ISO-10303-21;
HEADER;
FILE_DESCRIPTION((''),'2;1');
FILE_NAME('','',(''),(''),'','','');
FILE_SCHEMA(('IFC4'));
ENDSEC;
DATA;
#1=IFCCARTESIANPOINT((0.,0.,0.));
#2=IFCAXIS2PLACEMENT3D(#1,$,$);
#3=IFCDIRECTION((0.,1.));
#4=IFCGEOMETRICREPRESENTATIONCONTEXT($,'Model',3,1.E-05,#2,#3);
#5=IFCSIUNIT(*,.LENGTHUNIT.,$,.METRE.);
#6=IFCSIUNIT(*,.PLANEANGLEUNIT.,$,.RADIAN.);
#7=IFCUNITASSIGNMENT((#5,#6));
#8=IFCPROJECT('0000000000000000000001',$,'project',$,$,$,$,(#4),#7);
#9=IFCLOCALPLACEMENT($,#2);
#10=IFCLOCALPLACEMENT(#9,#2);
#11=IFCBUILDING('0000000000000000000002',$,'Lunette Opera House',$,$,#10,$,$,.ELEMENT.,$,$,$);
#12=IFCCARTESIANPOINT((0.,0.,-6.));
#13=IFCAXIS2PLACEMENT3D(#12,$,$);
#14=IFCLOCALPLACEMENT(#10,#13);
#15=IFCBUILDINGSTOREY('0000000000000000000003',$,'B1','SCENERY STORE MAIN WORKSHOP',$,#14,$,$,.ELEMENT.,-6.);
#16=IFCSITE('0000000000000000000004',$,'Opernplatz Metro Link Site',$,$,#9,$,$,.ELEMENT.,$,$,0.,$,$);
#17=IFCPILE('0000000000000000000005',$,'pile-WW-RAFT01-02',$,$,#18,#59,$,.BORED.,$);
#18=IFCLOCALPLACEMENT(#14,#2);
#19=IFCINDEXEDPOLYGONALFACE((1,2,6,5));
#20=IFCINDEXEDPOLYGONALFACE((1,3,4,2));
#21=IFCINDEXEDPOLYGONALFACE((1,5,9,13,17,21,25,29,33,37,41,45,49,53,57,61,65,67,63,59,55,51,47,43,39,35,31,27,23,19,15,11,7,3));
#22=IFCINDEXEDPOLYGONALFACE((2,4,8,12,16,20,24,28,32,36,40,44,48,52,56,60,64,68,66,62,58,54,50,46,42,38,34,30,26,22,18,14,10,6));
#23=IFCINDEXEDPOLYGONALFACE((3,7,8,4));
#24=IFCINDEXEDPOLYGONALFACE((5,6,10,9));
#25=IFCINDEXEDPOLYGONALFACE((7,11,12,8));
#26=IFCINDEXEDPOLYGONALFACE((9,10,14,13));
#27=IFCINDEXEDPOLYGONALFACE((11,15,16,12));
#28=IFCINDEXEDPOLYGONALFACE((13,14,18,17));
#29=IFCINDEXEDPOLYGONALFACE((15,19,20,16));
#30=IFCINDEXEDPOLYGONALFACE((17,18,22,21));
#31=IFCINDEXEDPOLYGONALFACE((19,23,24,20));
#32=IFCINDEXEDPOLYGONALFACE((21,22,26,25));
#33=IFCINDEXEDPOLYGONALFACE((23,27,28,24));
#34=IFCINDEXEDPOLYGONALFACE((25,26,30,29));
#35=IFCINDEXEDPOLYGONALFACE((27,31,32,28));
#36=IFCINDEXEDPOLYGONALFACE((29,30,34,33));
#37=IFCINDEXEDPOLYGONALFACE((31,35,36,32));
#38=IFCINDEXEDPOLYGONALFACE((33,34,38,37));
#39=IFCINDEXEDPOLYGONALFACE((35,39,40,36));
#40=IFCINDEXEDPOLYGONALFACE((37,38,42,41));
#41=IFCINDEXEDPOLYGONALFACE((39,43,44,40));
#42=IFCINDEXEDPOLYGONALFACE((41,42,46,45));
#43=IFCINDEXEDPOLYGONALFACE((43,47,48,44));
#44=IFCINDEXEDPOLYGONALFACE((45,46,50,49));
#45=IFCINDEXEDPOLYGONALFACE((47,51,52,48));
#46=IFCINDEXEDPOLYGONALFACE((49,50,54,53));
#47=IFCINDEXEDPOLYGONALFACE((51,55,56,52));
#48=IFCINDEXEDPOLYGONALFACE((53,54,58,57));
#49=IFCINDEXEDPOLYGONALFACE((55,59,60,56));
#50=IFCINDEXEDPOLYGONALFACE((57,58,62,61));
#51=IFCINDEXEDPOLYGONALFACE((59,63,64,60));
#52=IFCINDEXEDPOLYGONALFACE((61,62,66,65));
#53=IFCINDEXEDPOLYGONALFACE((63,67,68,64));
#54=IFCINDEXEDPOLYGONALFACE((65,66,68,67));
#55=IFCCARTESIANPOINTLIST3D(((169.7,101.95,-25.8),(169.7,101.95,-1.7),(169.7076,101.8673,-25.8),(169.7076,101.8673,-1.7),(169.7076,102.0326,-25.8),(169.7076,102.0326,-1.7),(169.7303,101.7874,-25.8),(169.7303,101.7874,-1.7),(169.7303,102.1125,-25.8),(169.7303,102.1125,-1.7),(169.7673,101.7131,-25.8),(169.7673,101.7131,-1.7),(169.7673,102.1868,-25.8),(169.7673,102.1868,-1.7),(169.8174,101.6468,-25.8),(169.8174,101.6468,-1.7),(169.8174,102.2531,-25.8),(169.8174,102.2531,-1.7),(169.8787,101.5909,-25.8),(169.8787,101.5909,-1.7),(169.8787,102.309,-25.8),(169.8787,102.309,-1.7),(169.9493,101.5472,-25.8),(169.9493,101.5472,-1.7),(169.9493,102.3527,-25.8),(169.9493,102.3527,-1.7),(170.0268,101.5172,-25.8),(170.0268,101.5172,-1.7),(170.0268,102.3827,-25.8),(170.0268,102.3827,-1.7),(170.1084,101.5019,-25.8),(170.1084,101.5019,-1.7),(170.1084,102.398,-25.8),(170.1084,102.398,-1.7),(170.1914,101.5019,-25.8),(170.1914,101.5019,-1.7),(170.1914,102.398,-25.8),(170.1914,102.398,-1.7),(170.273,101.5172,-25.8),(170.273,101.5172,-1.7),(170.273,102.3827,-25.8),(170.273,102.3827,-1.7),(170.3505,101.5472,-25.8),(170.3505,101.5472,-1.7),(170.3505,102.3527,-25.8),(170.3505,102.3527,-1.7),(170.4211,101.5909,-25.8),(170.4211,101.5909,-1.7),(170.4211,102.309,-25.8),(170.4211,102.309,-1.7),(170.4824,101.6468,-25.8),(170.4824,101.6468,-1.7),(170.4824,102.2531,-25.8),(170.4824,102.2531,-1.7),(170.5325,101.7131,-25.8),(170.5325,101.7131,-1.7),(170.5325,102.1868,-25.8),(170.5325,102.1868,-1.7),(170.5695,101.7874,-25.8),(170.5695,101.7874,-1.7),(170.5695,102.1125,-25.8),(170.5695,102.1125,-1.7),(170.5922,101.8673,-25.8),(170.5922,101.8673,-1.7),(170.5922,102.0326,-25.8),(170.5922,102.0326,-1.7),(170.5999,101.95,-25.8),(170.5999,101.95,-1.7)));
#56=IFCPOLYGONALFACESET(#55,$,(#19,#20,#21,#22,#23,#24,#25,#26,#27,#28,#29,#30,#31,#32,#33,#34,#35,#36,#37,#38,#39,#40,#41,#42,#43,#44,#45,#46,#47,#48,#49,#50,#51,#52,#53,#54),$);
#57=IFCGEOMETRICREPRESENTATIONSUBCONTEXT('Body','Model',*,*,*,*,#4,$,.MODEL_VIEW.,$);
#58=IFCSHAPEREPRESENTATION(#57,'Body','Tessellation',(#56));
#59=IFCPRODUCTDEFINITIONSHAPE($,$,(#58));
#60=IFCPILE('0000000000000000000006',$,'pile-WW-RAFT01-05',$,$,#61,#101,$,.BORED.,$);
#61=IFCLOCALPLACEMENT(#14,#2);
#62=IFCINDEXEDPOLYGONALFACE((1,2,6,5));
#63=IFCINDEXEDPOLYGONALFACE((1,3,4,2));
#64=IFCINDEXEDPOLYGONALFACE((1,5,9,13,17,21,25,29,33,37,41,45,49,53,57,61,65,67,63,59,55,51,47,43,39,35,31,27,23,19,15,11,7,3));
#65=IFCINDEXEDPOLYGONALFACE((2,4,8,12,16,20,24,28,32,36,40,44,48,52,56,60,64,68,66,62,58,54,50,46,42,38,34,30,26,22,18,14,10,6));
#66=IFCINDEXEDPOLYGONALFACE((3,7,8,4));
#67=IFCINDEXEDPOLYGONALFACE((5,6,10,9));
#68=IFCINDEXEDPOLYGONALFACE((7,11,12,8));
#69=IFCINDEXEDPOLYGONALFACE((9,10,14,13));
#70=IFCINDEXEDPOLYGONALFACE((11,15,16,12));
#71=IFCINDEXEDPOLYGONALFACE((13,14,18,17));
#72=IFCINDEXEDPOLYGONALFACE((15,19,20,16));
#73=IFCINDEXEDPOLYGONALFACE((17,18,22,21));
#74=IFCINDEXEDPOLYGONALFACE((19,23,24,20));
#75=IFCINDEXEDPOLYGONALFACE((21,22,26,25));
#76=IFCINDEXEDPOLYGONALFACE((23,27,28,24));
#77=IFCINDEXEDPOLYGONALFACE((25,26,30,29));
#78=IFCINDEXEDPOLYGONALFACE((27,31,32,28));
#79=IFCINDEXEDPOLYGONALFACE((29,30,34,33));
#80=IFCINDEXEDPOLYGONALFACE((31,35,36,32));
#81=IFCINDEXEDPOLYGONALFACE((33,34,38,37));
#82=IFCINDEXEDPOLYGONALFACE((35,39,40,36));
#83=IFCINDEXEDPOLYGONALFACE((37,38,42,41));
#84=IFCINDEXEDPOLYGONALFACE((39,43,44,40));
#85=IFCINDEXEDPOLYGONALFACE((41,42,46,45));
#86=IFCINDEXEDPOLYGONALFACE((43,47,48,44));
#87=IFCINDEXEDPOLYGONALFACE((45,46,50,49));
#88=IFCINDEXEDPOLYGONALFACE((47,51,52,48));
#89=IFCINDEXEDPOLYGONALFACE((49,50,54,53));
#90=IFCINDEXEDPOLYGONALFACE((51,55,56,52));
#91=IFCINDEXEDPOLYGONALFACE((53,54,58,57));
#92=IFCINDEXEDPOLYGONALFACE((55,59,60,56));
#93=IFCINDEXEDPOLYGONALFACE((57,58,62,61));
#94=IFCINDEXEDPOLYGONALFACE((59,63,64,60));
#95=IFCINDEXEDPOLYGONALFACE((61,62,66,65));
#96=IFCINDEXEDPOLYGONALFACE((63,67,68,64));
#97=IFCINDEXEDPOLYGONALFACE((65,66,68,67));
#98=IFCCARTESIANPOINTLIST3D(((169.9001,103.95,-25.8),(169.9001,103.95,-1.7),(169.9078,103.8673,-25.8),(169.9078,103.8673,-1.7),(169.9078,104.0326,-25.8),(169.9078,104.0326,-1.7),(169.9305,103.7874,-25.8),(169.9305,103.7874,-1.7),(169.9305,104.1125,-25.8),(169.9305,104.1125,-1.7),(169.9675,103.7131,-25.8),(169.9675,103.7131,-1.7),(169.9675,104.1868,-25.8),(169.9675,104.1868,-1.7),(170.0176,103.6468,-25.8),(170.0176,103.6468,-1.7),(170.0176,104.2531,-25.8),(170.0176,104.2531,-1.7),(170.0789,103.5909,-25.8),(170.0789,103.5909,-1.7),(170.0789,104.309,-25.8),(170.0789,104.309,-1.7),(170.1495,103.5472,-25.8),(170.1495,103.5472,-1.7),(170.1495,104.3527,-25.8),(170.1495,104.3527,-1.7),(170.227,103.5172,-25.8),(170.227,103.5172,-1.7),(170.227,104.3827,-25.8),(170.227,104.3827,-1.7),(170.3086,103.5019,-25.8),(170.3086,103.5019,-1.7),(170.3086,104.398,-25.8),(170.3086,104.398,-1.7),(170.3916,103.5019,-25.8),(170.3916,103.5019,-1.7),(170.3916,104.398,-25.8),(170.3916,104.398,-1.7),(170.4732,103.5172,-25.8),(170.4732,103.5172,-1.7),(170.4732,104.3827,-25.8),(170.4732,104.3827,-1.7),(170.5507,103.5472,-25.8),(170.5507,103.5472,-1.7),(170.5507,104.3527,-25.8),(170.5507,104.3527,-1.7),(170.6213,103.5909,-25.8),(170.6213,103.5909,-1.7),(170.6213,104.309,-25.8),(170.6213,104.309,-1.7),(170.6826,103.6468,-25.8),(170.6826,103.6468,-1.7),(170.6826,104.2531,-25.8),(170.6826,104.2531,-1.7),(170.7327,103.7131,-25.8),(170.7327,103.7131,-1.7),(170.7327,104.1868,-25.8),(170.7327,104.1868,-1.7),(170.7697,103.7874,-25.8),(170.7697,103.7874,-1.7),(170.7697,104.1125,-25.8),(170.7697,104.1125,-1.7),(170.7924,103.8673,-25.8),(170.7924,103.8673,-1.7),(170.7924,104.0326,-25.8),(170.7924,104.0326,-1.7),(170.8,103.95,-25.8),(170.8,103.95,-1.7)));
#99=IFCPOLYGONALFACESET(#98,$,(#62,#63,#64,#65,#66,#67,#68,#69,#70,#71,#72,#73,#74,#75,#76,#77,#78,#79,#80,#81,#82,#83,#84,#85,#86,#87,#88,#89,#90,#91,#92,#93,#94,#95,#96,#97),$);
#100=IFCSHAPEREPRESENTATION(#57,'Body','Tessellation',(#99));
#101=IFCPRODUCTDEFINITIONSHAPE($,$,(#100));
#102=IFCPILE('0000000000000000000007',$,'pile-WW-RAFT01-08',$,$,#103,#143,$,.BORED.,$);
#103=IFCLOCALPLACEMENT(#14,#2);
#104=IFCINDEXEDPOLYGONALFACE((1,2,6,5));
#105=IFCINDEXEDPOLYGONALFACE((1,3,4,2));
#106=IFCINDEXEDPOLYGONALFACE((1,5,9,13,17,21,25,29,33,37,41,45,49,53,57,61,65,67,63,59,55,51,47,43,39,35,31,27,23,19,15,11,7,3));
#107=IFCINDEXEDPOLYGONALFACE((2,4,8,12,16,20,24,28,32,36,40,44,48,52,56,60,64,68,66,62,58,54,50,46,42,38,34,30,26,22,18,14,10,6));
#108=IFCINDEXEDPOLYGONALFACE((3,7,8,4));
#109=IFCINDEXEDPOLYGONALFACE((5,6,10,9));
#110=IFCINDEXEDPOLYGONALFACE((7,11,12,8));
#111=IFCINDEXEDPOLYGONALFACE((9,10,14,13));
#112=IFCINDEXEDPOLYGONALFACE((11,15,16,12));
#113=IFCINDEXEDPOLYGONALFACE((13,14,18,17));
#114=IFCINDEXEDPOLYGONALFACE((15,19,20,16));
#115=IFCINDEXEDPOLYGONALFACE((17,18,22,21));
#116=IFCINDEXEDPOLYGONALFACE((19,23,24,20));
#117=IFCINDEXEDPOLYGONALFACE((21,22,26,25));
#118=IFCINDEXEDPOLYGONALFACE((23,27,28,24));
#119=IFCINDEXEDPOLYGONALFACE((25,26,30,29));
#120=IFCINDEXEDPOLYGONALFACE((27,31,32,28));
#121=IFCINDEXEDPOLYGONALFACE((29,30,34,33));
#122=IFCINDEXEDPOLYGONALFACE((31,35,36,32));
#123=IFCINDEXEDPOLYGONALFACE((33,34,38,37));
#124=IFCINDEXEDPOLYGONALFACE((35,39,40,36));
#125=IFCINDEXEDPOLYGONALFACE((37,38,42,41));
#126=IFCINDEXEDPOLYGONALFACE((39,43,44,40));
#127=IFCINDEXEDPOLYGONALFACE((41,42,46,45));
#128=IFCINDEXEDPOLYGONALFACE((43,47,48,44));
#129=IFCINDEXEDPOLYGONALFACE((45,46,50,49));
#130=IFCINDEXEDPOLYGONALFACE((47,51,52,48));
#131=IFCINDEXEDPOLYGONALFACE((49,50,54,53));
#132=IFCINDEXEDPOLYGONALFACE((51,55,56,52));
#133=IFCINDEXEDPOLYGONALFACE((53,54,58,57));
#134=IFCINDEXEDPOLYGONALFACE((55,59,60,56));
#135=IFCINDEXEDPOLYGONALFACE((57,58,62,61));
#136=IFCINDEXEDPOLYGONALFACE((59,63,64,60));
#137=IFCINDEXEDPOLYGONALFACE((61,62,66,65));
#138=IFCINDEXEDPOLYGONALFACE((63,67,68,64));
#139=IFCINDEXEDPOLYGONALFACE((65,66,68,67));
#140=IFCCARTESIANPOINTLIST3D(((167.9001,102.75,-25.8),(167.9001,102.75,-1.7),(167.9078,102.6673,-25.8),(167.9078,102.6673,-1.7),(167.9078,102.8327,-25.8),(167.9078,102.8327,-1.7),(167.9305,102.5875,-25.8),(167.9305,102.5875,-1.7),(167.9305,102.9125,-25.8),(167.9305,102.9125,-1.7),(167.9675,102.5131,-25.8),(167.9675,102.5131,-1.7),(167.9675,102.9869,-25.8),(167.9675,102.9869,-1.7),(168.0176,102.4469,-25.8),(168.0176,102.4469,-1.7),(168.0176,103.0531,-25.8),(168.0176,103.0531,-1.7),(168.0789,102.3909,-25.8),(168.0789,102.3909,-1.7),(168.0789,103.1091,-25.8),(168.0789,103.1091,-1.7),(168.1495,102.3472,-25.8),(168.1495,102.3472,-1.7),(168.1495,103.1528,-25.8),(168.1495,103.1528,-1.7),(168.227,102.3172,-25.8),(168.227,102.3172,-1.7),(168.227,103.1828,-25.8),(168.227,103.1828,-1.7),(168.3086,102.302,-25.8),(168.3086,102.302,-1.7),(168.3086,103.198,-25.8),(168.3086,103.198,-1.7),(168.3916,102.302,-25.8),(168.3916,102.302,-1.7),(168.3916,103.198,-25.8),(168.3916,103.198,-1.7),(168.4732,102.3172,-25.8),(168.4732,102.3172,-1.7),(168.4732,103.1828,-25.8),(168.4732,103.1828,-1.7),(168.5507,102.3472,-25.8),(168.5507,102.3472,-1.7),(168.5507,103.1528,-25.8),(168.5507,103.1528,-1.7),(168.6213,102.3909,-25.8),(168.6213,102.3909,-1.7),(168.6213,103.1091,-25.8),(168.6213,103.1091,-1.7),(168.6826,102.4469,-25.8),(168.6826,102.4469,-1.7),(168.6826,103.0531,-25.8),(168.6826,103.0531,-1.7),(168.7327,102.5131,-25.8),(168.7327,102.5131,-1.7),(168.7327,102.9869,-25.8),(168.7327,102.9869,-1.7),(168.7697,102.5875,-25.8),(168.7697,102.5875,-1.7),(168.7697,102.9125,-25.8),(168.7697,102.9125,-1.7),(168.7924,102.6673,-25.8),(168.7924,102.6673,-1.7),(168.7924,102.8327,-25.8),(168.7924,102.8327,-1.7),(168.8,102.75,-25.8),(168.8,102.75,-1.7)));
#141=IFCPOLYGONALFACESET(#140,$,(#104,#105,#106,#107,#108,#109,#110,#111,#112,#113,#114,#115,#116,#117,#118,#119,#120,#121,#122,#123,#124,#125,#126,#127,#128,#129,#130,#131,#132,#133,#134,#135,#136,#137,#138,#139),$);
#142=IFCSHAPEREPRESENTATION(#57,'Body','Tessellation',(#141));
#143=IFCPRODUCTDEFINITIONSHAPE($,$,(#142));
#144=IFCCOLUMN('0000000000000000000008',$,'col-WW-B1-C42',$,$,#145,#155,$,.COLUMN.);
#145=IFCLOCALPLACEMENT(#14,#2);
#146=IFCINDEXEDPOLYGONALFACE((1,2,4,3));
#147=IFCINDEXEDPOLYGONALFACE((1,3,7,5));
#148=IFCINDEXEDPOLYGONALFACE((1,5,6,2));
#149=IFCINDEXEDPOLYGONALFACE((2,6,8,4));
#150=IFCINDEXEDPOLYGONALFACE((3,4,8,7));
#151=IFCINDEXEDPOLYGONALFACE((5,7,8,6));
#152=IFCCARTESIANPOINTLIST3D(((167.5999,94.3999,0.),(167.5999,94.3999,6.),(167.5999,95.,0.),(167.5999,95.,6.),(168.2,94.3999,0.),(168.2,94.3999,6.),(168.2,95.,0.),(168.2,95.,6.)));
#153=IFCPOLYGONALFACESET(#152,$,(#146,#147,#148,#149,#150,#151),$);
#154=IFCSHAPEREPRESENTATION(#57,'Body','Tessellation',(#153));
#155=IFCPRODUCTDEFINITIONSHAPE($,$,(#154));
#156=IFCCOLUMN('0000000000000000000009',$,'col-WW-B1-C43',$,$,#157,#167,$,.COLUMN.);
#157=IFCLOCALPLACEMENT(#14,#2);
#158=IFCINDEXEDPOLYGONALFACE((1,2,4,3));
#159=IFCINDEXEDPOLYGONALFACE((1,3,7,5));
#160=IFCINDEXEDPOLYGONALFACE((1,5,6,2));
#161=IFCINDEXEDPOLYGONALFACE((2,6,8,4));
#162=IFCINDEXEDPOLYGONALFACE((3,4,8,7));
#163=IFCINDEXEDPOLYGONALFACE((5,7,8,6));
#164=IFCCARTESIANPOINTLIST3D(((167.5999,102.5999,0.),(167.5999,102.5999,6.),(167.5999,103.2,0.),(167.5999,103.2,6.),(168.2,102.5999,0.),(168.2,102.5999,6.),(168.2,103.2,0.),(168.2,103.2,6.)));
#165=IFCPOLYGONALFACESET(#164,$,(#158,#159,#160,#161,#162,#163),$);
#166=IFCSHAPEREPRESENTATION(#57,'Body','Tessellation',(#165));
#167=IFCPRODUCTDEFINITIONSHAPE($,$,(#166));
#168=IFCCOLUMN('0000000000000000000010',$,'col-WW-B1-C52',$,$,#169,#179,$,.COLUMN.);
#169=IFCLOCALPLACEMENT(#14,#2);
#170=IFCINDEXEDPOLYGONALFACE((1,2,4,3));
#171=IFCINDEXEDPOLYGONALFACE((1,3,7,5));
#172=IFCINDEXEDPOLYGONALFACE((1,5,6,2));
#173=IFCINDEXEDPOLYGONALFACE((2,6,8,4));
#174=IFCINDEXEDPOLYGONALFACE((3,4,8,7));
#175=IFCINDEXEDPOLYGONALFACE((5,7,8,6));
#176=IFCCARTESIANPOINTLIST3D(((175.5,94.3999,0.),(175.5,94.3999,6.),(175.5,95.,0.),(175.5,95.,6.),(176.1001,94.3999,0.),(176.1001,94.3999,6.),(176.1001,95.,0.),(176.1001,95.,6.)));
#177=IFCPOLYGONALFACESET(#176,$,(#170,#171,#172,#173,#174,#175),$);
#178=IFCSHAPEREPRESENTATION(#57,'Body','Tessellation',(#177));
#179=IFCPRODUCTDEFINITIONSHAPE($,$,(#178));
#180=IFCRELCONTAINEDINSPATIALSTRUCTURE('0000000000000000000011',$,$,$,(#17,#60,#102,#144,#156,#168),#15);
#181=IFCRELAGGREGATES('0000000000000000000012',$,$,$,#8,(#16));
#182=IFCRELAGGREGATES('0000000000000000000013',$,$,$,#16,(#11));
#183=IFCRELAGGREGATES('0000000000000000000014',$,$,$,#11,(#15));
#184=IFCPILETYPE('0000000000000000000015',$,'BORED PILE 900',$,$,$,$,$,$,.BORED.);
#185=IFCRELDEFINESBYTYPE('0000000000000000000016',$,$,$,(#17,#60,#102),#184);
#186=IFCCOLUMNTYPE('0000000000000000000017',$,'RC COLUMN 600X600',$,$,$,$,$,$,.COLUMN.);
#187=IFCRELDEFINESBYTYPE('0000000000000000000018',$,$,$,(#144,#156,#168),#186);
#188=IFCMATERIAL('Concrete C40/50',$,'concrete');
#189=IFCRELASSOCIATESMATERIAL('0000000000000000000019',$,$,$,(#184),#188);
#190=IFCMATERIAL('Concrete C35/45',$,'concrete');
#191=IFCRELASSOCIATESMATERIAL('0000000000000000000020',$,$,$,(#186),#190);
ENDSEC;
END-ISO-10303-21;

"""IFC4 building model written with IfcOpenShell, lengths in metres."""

from ifc_helpers import new_model, si_unit, direction, frame, origin, origin_2d, place, context, subcontext, project, spatial, rectangle, circle, extrude, material, material_profile, profile_set, type_object, element, save


model = new_model("IFC4")

# Units and contexts
model_context = context("Model", 3, precision=1e-05, world=origin(), true_north=direction((0.0, 1.0)))
body_context = subcontext(model_context, "Body", "Model", "MODEL_VIEW")
ifc_project = project(units=[si_unit("LENGTHUNIT", "METRE"), si_unit("PLANEANGLEUNIT", "RADIAN")], contexts=[model_context])

# Site, building, storey
site_placement = place(None, origin())
site = spatial("IfcSite", under=ifc_project, at=site_placement, Name="Opernplatz Metro Link Site", CompositionType="ELEMENT", RefElevation=0.0)
building_placement = place(site_placement, origin())
building = spatial("IfcBuilding", under=site, at=building_placement, Name="Lunette Opera House", CompositionType="ELEMENT")
storey_placement = place(building_placement, frame((0.0, 0.0, -6.0)))
storey = spatial("IfcBuildingStorey", under=building, at=storey_placement, Name="B1", Description="SCENERY STORE MAIN WORKSHOP", CompositionType="ELEMENT", Elevation=-6.0)

# Piles
ifc_material_1 = material(Name="Concrete C40/50", Category="concrete")
ifc_material_profile_1 = material_profile(ifc_material_1, circle(Radius=0.45, at=origin_2d()), Name="BORED PILE 900")
ifc_profile_set_1 = profile_set([ifc_material_profile_1], Name="Concrete C40/50")
pile_type = type_object("IfcPileType", Name="BORED PILE 900", PredefinedType="BORED", material=ifc_profile_set_1)
for number, where, z_axis, x_axis, name in (
    (1, (170.1499, 101.95, -1.7), (0.0, 0.0, -1.0), (1.0, 0.0, 0.0), "pile-WW-RAFT01-02"),
    (2, (170.3501, 103.95, -1.7), (0.0, 0.0, -1.0), (1.0, 0.0, 0.0), "pile-WW-RAFT01-05"),
    (3, (168.3501, 102.75, -1.7), (0.0, 0.0, -1.0), (1.0, 0.0, 0.0), "pile-WW-RAFT01-08"),
):
    element("IfcPile", number, at=place(storey_placement, frame(where, z_axis=z_axis, x_axis=x_axis)), inside=storey, type_object=pile_type, Name=name, PredefinedType="BORED", context=body_context, shape_type="SweptSolid", body=[
        extrude(circle(Radius=0.45, at=origin_2d()), origin(), (0.0, 0.0, 1.0), 24.1001),
    ])

# Columns
ifc_material_2 = material(Name="Concrete C35/45", Category="concrete")
ifc_material_profile_2 = material_profile(ifc_material_2, rectangle(XDim=0.6001, YDim=0.6001, at=origin_2d()), Name="RC COLUMN 600X600")
ifc_profile_set_2 = profile_set([ifc_material_profile_2], Name="Concrete C35/45")
column_type = type_object("IfcColumnType", Name="RC COLUMN 600X600", PredefinedType="COLUMN", material=ifc_profile_set_2)
for number, where, z_axis, x_axis, name in (
    (4, (167.8999, 94.7, 0.0), (0.0, 0.0, 1.0), (1.0, 0.0, 0.0), "col-WW-B1-C42"),
    (5, (167.8999, 102.8999, 0.0), (0.0, 0.0, 1.0), (1.0, 0.0, 0.0), "col-WW-B1-C43"),
    (6, (175.8, 94.7, 0.0), (0.0, 0.0, 1.0), (1.0, 0.0, 0.0), "col-WW-B1-C52"),
):
    element("IfcColumn", number, at=place(storey_placement, frame(where, z_axis=z_axis, x_axis=x_axis)), inside=storey, type_object=column_type, Name=name, PredefinedType="COLUMN", context=body_context, shape_type="SweptSolid", body=[
        extrude(rectangle(XDim=0.6001, YDim=0.6001, at=origin_2d()), origin(), (0.0, 0.0, 1.0), 6.0),
    ])

save(model, "model.ifc")
